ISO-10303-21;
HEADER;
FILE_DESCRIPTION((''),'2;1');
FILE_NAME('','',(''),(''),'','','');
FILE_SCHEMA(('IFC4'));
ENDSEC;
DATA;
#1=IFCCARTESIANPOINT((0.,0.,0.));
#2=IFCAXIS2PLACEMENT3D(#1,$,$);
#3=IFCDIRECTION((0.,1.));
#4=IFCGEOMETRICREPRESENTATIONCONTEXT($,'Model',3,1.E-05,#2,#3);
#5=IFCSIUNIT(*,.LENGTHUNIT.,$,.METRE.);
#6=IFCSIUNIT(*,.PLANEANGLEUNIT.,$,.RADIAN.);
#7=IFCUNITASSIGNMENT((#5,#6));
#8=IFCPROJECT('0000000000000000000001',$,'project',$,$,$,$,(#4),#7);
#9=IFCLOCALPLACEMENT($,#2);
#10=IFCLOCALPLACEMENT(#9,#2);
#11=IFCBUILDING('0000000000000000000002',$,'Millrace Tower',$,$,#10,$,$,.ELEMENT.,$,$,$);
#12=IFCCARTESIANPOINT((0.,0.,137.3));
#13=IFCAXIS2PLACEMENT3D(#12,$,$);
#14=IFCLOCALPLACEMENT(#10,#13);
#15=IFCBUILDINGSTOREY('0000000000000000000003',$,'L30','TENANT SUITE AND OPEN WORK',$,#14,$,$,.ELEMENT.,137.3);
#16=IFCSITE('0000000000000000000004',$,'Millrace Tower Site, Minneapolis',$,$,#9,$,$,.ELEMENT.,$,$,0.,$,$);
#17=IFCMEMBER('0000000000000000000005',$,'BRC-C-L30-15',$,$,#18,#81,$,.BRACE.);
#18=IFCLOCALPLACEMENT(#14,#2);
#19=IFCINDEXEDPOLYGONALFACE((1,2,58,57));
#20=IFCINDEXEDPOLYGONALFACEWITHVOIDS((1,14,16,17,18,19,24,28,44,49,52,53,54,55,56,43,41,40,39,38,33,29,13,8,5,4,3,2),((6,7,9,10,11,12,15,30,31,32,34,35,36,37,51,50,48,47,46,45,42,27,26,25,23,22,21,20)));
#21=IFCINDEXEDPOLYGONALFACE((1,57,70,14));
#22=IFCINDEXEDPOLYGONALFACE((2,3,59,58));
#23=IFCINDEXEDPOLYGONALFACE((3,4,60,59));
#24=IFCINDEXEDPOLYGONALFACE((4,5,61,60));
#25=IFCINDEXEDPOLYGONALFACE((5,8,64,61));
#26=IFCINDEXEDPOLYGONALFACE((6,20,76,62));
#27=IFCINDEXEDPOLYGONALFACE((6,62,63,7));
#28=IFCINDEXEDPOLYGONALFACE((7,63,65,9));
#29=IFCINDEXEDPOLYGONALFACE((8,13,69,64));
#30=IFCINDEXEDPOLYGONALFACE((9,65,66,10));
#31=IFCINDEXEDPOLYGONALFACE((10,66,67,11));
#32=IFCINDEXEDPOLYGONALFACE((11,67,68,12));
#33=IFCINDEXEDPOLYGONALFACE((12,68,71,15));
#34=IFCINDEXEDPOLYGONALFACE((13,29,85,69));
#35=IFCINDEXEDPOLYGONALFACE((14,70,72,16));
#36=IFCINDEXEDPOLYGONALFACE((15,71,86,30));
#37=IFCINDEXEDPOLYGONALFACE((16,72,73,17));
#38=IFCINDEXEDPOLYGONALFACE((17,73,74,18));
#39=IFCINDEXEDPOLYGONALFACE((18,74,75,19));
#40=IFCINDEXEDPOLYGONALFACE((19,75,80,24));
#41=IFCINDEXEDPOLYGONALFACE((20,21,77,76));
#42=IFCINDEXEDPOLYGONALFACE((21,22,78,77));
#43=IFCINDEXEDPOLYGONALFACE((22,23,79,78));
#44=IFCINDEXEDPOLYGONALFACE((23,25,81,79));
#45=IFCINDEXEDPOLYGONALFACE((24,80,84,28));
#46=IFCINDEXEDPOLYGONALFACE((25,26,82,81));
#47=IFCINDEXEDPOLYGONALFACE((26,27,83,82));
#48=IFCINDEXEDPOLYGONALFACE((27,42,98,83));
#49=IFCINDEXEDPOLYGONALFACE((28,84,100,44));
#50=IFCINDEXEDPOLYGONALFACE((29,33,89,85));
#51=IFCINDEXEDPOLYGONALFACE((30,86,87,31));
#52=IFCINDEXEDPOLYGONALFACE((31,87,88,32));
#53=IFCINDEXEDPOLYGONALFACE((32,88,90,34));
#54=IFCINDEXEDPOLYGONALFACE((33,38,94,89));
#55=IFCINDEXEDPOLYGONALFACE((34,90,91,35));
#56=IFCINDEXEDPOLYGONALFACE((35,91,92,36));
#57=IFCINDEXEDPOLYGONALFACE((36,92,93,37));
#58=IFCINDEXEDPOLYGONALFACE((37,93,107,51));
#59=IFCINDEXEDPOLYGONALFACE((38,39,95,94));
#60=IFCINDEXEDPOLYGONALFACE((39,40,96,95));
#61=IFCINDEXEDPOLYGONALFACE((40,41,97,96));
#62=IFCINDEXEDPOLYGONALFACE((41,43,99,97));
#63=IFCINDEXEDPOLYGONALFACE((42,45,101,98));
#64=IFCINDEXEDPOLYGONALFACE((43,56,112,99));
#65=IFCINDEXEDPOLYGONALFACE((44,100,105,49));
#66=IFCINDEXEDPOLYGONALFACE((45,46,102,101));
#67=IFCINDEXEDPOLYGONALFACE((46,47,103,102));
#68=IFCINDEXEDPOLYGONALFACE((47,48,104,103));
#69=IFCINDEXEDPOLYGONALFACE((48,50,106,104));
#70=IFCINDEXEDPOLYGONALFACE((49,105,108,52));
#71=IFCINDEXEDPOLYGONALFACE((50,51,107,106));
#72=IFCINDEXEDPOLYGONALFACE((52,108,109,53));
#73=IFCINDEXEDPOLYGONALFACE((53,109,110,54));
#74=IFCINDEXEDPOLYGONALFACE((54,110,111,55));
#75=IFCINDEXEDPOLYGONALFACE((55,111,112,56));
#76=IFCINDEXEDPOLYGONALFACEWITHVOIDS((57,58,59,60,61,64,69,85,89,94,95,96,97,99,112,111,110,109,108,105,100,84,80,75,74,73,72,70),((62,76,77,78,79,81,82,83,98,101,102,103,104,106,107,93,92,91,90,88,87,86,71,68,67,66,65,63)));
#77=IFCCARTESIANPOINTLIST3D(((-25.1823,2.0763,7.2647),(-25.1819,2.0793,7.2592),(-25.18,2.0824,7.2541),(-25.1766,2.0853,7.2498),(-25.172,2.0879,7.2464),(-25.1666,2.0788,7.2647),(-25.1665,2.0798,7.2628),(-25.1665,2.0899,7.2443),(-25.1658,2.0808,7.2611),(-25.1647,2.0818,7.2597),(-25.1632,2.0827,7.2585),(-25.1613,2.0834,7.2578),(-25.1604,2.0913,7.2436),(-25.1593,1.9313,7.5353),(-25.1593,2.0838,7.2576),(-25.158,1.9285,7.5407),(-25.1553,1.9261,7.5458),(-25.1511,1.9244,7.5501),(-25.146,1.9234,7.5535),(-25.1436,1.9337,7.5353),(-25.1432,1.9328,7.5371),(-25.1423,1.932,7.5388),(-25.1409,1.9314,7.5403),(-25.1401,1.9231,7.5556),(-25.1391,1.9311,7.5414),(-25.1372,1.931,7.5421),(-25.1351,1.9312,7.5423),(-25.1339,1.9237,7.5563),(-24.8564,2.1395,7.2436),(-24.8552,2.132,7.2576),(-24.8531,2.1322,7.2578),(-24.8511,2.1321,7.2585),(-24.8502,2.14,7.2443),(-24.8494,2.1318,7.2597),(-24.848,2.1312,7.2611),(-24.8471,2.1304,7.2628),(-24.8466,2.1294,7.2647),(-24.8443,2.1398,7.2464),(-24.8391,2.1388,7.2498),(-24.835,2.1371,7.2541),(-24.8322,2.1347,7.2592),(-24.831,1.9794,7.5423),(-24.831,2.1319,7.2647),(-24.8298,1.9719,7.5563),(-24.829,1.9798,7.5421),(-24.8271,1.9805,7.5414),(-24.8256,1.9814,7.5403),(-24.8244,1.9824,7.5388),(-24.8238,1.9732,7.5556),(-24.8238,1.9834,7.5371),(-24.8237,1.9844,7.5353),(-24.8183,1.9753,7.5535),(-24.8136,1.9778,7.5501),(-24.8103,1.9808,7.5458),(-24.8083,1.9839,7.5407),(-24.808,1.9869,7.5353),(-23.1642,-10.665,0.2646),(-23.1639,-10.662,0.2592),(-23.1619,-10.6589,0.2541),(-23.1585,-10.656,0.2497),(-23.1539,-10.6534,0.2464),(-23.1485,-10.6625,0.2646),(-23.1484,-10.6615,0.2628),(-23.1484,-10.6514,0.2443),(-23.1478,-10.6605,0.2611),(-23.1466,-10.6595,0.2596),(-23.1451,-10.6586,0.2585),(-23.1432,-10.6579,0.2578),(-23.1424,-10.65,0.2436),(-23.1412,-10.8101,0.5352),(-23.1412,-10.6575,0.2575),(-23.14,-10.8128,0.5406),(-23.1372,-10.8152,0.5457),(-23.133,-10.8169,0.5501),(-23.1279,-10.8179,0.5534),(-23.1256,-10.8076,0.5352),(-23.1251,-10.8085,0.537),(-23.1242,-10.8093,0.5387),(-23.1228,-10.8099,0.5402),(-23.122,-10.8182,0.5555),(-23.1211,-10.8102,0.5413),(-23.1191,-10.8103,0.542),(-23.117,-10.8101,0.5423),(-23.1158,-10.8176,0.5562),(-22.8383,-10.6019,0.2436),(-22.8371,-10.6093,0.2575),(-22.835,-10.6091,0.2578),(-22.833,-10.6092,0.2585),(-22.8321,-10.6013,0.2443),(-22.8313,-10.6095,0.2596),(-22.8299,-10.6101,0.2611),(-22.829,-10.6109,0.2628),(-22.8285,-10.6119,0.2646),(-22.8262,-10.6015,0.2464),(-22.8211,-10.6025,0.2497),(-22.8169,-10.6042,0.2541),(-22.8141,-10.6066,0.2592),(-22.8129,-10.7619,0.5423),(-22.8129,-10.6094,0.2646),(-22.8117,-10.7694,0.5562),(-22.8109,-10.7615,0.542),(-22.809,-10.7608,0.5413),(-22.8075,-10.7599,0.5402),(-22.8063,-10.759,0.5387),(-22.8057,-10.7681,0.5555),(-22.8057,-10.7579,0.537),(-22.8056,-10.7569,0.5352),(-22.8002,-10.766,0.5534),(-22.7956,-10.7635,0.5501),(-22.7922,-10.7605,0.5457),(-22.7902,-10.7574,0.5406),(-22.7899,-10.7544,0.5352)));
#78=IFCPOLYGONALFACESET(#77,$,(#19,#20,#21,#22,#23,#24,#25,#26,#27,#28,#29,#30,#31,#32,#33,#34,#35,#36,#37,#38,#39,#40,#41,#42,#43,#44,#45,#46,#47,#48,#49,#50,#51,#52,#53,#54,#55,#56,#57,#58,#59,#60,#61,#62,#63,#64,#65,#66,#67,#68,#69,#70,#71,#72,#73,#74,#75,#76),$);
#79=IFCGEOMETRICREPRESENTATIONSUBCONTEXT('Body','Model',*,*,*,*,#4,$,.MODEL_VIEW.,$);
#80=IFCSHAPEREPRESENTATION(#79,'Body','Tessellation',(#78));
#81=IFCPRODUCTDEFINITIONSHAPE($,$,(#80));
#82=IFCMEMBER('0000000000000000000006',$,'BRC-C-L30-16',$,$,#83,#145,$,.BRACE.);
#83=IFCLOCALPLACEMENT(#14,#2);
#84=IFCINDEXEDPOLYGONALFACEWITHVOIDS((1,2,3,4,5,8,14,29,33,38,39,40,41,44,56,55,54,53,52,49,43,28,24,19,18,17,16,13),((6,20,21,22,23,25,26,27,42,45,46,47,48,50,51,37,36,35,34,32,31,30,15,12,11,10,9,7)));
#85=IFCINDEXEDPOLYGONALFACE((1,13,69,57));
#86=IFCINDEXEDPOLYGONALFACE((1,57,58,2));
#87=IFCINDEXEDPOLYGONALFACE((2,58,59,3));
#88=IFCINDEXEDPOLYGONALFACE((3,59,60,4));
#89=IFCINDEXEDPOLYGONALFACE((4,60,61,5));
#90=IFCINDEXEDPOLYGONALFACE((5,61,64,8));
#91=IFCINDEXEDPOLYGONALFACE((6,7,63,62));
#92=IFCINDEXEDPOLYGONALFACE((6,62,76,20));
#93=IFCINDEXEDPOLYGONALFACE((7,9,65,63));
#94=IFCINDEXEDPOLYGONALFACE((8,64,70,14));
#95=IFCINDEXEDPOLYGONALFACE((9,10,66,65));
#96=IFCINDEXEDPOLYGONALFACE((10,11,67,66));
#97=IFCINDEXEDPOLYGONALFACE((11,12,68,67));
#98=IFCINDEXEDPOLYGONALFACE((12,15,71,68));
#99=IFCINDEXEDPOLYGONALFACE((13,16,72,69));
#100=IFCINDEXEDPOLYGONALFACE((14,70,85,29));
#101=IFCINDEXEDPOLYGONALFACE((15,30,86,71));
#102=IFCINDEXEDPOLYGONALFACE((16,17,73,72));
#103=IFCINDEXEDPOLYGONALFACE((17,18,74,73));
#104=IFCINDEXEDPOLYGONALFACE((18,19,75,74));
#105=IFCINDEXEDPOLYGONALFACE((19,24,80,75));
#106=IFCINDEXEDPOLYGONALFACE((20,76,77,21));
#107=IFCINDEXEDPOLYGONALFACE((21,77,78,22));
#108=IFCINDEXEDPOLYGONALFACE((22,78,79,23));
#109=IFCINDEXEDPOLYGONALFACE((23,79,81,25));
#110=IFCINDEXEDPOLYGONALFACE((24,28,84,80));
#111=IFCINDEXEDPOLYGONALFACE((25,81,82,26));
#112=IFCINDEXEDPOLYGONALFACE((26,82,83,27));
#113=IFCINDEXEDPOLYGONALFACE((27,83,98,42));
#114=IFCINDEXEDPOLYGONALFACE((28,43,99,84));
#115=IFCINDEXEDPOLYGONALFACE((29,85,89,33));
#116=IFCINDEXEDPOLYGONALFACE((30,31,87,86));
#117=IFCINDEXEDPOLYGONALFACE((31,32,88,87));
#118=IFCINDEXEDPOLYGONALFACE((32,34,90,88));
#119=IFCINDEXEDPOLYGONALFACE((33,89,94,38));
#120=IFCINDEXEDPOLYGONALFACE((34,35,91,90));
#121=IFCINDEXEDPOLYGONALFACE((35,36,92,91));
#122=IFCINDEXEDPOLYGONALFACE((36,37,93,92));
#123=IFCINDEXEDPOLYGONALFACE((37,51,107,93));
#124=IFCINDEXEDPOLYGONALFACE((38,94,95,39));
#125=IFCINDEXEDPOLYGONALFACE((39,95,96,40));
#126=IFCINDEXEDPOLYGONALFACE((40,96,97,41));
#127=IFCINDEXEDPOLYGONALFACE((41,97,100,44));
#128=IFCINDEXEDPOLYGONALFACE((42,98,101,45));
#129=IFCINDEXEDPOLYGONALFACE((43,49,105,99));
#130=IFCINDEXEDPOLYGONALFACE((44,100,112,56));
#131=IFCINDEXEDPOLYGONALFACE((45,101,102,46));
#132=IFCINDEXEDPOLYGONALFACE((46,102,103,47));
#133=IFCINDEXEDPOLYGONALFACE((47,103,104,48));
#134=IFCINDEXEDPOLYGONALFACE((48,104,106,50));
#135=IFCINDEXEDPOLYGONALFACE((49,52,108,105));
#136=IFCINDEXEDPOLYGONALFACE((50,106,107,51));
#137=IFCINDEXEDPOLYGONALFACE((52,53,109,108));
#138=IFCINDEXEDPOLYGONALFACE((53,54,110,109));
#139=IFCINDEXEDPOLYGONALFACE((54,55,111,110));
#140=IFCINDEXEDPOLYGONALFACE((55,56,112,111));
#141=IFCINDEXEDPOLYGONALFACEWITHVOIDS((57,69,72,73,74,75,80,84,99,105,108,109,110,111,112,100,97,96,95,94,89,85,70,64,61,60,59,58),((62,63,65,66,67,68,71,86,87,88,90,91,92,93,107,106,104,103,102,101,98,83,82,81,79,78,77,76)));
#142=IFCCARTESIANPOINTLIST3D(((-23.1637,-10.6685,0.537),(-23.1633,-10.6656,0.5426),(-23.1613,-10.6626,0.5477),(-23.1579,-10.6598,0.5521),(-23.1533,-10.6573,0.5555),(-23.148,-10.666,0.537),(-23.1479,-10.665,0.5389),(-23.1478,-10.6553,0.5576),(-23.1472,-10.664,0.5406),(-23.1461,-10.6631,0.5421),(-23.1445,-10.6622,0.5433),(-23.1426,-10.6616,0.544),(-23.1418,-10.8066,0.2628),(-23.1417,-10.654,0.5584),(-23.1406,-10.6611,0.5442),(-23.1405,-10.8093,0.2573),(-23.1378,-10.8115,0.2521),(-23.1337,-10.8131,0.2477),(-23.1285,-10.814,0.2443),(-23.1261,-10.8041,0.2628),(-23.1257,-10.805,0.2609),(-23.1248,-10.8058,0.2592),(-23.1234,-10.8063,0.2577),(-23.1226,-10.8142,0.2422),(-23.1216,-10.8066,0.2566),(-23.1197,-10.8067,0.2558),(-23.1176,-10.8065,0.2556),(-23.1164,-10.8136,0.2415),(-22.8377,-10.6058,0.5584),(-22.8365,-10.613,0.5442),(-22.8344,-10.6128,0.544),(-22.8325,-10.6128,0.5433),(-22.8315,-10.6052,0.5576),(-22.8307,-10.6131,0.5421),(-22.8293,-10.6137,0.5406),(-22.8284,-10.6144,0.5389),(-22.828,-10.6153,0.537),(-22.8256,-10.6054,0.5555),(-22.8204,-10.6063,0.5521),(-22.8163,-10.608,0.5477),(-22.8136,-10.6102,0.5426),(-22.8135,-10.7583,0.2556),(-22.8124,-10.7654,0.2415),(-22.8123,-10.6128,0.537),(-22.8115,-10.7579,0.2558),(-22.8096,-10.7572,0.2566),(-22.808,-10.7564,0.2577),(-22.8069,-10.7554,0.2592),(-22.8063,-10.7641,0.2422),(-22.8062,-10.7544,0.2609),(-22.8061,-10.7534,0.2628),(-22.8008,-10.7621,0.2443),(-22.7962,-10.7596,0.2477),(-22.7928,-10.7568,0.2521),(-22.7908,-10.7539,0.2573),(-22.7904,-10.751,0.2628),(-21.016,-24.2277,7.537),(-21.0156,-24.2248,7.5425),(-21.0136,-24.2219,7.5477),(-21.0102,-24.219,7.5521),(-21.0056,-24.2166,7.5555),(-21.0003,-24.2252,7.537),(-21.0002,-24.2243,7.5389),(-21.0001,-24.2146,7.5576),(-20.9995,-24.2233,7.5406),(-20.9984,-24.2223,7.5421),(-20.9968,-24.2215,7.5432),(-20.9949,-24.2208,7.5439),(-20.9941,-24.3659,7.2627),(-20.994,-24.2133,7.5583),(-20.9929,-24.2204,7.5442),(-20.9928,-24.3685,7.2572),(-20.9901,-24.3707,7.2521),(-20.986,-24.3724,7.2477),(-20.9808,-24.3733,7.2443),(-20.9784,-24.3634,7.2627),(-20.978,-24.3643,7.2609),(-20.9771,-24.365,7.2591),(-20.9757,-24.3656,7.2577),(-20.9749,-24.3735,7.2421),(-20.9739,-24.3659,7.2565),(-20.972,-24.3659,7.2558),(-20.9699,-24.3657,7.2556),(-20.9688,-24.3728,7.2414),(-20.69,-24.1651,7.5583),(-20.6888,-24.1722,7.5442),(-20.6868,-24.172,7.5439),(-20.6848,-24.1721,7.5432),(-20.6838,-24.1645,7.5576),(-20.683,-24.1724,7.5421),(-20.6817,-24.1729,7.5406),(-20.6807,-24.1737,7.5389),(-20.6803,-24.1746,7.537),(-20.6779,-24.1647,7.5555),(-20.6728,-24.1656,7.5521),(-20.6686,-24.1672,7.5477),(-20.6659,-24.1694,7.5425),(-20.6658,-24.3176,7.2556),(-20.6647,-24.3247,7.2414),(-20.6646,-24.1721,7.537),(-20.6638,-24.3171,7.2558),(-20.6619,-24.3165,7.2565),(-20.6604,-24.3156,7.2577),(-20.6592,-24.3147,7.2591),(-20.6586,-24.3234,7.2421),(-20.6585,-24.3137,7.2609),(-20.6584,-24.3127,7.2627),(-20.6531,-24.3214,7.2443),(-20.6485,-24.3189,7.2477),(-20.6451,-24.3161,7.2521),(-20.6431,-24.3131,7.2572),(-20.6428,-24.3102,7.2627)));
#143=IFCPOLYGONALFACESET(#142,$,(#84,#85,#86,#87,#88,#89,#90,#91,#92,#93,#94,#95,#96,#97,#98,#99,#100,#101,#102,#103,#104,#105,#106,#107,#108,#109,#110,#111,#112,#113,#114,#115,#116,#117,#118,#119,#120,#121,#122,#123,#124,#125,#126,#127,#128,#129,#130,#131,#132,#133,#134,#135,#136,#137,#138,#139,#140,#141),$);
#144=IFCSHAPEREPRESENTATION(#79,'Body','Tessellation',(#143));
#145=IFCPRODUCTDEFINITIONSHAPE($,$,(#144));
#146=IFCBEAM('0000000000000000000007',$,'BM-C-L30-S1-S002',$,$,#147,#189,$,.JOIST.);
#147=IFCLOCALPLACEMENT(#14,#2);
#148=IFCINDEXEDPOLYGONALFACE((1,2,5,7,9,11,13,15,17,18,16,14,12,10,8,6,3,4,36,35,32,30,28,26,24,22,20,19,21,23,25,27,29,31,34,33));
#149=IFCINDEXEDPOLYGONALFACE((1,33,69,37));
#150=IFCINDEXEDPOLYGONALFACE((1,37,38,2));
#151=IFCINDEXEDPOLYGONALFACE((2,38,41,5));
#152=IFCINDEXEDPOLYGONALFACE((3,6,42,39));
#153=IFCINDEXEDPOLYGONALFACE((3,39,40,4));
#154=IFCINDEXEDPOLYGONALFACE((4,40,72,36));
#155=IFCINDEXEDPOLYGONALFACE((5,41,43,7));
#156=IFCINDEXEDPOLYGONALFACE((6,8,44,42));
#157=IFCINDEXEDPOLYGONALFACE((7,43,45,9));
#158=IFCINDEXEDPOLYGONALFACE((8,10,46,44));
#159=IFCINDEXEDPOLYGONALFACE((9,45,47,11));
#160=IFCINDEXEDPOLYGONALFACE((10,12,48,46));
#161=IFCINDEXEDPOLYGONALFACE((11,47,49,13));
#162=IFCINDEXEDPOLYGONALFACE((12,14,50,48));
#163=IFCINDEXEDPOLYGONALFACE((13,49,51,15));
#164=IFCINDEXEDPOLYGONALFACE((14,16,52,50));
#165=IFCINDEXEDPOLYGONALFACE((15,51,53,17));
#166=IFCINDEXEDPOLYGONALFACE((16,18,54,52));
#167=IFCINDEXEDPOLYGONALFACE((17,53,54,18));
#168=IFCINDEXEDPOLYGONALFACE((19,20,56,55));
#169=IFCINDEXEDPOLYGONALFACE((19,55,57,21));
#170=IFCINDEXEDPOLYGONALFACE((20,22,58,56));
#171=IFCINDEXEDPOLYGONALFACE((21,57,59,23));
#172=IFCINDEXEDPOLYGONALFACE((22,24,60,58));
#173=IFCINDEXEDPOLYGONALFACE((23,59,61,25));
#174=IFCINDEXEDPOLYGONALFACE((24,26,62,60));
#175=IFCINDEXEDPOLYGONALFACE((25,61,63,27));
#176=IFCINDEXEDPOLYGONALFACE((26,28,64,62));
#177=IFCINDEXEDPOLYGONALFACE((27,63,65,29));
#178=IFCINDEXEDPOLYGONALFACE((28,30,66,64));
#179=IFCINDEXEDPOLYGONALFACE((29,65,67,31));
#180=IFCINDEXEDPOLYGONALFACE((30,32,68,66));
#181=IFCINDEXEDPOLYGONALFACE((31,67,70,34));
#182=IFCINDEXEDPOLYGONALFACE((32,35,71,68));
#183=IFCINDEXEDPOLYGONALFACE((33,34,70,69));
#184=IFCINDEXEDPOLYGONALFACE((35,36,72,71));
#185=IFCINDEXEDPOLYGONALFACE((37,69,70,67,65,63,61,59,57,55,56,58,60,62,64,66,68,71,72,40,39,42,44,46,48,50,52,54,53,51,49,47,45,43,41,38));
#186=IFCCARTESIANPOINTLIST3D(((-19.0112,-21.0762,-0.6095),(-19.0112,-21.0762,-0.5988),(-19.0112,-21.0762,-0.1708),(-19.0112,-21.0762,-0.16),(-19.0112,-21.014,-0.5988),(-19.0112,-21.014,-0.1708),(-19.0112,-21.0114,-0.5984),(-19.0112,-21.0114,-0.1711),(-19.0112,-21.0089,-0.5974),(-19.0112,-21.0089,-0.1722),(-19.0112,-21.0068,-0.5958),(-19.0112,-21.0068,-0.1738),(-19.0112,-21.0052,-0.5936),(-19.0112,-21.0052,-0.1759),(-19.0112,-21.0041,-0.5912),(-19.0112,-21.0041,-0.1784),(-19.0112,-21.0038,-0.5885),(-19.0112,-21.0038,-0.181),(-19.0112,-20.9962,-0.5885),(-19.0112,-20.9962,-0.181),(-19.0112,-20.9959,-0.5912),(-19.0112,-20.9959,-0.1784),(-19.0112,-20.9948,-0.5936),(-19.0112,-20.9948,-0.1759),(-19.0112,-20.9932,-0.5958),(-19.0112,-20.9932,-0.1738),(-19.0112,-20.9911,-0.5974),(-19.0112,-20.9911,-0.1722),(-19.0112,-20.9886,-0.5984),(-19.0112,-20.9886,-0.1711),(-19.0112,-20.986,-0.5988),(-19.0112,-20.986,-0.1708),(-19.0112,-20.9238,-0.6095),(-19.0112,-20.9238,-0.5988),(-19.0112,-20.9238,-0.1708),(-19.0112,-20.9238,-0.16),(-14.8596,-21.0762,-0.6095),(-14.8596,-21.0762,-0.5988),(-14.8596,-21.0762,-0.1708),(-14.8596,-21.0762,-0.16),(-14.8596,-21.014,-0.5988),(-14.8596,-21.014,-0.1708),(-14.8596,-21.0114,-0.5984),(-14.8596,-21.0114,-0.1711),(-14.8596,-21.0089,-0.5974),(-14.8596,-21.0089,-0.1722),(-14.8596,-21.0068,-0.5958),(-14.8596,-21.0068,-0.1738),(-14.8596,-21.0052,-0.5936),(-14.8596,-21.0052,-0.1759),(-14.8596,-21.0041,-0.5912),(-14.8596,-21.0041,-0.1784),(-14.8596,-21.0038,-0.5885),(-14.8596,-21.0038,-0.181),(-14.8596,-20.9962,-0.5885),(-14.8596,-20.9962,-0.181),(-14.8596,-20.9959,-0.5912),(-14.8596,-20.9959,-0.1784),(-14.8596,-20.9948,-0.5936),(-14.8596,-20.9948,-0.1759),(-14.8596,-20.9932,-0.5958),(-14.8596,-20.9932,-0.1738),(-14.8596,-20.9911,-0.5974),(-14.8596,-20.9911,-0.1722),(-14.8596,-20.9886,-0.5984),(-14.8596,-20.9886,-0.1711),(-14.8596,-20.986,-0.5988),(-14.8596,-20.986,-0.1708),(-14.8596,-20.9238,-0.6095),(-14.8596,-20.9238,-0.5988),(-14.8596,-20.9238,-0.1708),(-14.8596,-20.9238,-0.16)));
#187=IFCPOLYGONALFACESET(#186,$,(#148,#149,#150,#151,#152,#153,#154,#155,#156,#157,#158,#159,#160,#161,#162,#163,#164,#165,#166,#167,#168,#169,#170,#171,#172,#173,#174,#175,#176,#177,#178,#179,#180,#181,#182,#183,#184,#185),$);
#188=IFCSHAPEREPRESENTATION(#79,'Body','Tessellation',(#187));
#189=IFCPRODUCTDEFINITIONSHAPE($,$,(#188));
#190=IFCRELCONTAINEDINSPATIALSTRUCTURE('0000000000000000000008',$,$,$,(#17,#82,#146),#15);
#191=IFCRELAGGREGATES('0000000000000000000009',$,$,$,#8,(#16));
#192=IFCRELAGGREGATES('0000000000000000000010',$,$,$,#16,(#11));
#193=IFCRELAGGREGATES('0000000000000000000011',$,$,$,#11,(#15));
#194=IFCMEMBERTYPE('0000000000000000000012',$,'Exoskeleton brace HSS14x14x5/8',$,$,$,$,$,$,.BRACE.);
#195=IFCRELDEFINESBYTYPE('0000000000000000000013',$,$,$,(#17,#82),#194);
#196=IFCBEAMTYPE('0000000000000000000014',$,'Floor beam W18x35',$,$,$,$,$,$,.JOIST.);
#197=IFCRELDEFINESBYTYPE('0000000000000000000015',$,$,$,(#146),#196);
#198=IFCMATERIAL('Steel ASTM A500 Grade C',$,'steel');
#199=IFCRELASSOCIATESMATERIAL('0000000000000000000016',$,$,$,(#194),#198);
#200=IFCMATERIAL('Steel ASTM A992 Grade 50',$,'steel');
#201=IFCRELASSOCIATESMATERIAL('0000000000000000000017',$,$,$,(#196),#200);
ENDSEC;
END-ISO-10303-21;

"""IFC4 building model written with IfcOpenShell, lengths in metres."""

from ifc_helpers import new_model, si_unit, direction, frame, origin, origin_2d, place, context, subcontext, project, spatial, hollow_rectangle, i_section, extrude, material, material_profile, profile_set, type_object, element, save


model = new_model("IFC4")

# Units and contexts
model_context = context("Model", 3, precision=1e-05, world=origin(), true_north=direction((0.0, 1.0)))
body_context = subcontext(model_context, "Body", "Model", "MODEL_VIEW")
ifc_project = project(units=[si_unit("LENGTHUNIT", "METRE"), si_unit("PLANEANGLEUNIT", "RADIAN")], contexts=[model_context])

# Site, building, storey
site_placement = place(None, origin())
site = spatial("IfcSite", under=ifc_project, at=site_placement, Name="Millrace Tower Site, Minneapolis", CompositionType="ELEMENT", RefElevation=0.0)
building_placement = place(site_placement, origin())
building = spatial("IfcBuilding", under=site, at=building_placement, Name="Millrace Tower", CompositionType="ELEMENT")
storey_placement = place(building_placement, frame((0.0, 0.0, 137.3)))
storey = spatial("IfcBuildingStorey", under=building, at=storey_placement, Name="L30", Description="TENANT SUITE AND OPEN WORK", CompositionType="ELEMENT", Elevation=137.3)

# Members
ifc_material_1 = material(Name="Steel ASTM A500 Grade C", Category="steel")
ifc_material_profile_1 = material_profile(ifc_material_1, hollow_rectangle(XDim=0.3557, YDim=0.3557, WallThickness=0.0159, InnerFilletRadius=0.0081, OuterFilletRadius=0.0239, at=origin_2d()))
ifc_profile_set_1 = profile_set([ifc_material_profile_1], Name="Steel ASTM A500 Grade C")
member_type_1 = type_object("IfcMemberType", Name="Exoskeleton brace HSS14x14x5/8", PredefinedType="BRACE", material=ifc_profile_set_1)
member_1_placement = place(storey_placement, frame((-22.9771, -10.7097, 0.3999), z_axis=(-0.1375, 0.868114, 0.47694), x_axis=(-0.987688, -0.156439, 0.0)))
element("IfcMember", 1, at=member_1_placement, inside=storey, type_object=member_type_1, Name="BRC-C-L30-15", PredefinedType="BRACE", context=body_context, shape_type="SweptSolid", body=[
    extrude(hollow_rectangle(XDim=0.3557, YDim=0.3557, WallThickness=0.0159, InnerFilletRadius=0.0081, OuterFilletRadius=0.0239, at=origin_2d()), origin(), (0.0, 0.0, 1.0), 14.677),
])
member_2_placement = place(storey_placement, frame((-22.9771, -10.7097, 0.3999), z_axis=(0.139371, -0.879905, 0.454251), x_axis=(0.987687, 0.156443, 0.0)))
element("IfcMember", 2, at=member_2_placement, inside=storey, type_object=member_type_1, Name="BRC-C-L30-16", PredefinedType="BRACE", context=body_context, shape_type="SweptSolid", body=[
    extrude(hollow_rectangle(XDim=0.3557, YDim=0.3557, WallThickness=0.0159, InnerFilletRadius=0.0081, OuterFilletRadius=0.0239, at=origin_2d()), origin(), (0.0, 0.0, 1.0), 15.4099),
])

# Beam
ifc_material_2 = material(Name="Steel ASTM A992 Grade 50", Category="steel")
ifc_material_profile_2 = material_profile(ifc_material_2, i_section(OverallWidth=0.1523, OverallDepth=0.4495, WebThickness=0.0076, FlangeThickness=0.0107, FilletRadius=0.0103, at=origin_2d()))
ifc_profile_set_2 = profile_set([ifc_material_profile_2], Name="Steel ASTM A992 Grade 50")
beam_type_1 = type_object("IfcBeamType", Name="Floor beam W18x35", PredefinedType="JOIST", material=ifc_profile_set_2)
beam_1_placement = place(storey_placement, frame((-19.0112, -21.0, -0.3848), z_axis=(1.0, 0.0, 0.0), x_axis=(0.0, 1.0, 0.0)))
element("IfcBeam", 3, at=beam_1_placement, inside=storey, type_object=beam_type_1, Name="BM-C-L30-S1-S002", PredefinedType="JOIST", context=body_context, shape_type="SweptSolid", body=[
    extrude(i_section(OverallWidth=0.1523, OverallDepth=0.4495, WebThickness=0.0076, FlangeThickness=0.0107, FilletRadius=0.0103, at=origin_2d()), origin(), (0.0, 0.0, 1.0), 4.1516),
])

save(model, "model.ifc")
